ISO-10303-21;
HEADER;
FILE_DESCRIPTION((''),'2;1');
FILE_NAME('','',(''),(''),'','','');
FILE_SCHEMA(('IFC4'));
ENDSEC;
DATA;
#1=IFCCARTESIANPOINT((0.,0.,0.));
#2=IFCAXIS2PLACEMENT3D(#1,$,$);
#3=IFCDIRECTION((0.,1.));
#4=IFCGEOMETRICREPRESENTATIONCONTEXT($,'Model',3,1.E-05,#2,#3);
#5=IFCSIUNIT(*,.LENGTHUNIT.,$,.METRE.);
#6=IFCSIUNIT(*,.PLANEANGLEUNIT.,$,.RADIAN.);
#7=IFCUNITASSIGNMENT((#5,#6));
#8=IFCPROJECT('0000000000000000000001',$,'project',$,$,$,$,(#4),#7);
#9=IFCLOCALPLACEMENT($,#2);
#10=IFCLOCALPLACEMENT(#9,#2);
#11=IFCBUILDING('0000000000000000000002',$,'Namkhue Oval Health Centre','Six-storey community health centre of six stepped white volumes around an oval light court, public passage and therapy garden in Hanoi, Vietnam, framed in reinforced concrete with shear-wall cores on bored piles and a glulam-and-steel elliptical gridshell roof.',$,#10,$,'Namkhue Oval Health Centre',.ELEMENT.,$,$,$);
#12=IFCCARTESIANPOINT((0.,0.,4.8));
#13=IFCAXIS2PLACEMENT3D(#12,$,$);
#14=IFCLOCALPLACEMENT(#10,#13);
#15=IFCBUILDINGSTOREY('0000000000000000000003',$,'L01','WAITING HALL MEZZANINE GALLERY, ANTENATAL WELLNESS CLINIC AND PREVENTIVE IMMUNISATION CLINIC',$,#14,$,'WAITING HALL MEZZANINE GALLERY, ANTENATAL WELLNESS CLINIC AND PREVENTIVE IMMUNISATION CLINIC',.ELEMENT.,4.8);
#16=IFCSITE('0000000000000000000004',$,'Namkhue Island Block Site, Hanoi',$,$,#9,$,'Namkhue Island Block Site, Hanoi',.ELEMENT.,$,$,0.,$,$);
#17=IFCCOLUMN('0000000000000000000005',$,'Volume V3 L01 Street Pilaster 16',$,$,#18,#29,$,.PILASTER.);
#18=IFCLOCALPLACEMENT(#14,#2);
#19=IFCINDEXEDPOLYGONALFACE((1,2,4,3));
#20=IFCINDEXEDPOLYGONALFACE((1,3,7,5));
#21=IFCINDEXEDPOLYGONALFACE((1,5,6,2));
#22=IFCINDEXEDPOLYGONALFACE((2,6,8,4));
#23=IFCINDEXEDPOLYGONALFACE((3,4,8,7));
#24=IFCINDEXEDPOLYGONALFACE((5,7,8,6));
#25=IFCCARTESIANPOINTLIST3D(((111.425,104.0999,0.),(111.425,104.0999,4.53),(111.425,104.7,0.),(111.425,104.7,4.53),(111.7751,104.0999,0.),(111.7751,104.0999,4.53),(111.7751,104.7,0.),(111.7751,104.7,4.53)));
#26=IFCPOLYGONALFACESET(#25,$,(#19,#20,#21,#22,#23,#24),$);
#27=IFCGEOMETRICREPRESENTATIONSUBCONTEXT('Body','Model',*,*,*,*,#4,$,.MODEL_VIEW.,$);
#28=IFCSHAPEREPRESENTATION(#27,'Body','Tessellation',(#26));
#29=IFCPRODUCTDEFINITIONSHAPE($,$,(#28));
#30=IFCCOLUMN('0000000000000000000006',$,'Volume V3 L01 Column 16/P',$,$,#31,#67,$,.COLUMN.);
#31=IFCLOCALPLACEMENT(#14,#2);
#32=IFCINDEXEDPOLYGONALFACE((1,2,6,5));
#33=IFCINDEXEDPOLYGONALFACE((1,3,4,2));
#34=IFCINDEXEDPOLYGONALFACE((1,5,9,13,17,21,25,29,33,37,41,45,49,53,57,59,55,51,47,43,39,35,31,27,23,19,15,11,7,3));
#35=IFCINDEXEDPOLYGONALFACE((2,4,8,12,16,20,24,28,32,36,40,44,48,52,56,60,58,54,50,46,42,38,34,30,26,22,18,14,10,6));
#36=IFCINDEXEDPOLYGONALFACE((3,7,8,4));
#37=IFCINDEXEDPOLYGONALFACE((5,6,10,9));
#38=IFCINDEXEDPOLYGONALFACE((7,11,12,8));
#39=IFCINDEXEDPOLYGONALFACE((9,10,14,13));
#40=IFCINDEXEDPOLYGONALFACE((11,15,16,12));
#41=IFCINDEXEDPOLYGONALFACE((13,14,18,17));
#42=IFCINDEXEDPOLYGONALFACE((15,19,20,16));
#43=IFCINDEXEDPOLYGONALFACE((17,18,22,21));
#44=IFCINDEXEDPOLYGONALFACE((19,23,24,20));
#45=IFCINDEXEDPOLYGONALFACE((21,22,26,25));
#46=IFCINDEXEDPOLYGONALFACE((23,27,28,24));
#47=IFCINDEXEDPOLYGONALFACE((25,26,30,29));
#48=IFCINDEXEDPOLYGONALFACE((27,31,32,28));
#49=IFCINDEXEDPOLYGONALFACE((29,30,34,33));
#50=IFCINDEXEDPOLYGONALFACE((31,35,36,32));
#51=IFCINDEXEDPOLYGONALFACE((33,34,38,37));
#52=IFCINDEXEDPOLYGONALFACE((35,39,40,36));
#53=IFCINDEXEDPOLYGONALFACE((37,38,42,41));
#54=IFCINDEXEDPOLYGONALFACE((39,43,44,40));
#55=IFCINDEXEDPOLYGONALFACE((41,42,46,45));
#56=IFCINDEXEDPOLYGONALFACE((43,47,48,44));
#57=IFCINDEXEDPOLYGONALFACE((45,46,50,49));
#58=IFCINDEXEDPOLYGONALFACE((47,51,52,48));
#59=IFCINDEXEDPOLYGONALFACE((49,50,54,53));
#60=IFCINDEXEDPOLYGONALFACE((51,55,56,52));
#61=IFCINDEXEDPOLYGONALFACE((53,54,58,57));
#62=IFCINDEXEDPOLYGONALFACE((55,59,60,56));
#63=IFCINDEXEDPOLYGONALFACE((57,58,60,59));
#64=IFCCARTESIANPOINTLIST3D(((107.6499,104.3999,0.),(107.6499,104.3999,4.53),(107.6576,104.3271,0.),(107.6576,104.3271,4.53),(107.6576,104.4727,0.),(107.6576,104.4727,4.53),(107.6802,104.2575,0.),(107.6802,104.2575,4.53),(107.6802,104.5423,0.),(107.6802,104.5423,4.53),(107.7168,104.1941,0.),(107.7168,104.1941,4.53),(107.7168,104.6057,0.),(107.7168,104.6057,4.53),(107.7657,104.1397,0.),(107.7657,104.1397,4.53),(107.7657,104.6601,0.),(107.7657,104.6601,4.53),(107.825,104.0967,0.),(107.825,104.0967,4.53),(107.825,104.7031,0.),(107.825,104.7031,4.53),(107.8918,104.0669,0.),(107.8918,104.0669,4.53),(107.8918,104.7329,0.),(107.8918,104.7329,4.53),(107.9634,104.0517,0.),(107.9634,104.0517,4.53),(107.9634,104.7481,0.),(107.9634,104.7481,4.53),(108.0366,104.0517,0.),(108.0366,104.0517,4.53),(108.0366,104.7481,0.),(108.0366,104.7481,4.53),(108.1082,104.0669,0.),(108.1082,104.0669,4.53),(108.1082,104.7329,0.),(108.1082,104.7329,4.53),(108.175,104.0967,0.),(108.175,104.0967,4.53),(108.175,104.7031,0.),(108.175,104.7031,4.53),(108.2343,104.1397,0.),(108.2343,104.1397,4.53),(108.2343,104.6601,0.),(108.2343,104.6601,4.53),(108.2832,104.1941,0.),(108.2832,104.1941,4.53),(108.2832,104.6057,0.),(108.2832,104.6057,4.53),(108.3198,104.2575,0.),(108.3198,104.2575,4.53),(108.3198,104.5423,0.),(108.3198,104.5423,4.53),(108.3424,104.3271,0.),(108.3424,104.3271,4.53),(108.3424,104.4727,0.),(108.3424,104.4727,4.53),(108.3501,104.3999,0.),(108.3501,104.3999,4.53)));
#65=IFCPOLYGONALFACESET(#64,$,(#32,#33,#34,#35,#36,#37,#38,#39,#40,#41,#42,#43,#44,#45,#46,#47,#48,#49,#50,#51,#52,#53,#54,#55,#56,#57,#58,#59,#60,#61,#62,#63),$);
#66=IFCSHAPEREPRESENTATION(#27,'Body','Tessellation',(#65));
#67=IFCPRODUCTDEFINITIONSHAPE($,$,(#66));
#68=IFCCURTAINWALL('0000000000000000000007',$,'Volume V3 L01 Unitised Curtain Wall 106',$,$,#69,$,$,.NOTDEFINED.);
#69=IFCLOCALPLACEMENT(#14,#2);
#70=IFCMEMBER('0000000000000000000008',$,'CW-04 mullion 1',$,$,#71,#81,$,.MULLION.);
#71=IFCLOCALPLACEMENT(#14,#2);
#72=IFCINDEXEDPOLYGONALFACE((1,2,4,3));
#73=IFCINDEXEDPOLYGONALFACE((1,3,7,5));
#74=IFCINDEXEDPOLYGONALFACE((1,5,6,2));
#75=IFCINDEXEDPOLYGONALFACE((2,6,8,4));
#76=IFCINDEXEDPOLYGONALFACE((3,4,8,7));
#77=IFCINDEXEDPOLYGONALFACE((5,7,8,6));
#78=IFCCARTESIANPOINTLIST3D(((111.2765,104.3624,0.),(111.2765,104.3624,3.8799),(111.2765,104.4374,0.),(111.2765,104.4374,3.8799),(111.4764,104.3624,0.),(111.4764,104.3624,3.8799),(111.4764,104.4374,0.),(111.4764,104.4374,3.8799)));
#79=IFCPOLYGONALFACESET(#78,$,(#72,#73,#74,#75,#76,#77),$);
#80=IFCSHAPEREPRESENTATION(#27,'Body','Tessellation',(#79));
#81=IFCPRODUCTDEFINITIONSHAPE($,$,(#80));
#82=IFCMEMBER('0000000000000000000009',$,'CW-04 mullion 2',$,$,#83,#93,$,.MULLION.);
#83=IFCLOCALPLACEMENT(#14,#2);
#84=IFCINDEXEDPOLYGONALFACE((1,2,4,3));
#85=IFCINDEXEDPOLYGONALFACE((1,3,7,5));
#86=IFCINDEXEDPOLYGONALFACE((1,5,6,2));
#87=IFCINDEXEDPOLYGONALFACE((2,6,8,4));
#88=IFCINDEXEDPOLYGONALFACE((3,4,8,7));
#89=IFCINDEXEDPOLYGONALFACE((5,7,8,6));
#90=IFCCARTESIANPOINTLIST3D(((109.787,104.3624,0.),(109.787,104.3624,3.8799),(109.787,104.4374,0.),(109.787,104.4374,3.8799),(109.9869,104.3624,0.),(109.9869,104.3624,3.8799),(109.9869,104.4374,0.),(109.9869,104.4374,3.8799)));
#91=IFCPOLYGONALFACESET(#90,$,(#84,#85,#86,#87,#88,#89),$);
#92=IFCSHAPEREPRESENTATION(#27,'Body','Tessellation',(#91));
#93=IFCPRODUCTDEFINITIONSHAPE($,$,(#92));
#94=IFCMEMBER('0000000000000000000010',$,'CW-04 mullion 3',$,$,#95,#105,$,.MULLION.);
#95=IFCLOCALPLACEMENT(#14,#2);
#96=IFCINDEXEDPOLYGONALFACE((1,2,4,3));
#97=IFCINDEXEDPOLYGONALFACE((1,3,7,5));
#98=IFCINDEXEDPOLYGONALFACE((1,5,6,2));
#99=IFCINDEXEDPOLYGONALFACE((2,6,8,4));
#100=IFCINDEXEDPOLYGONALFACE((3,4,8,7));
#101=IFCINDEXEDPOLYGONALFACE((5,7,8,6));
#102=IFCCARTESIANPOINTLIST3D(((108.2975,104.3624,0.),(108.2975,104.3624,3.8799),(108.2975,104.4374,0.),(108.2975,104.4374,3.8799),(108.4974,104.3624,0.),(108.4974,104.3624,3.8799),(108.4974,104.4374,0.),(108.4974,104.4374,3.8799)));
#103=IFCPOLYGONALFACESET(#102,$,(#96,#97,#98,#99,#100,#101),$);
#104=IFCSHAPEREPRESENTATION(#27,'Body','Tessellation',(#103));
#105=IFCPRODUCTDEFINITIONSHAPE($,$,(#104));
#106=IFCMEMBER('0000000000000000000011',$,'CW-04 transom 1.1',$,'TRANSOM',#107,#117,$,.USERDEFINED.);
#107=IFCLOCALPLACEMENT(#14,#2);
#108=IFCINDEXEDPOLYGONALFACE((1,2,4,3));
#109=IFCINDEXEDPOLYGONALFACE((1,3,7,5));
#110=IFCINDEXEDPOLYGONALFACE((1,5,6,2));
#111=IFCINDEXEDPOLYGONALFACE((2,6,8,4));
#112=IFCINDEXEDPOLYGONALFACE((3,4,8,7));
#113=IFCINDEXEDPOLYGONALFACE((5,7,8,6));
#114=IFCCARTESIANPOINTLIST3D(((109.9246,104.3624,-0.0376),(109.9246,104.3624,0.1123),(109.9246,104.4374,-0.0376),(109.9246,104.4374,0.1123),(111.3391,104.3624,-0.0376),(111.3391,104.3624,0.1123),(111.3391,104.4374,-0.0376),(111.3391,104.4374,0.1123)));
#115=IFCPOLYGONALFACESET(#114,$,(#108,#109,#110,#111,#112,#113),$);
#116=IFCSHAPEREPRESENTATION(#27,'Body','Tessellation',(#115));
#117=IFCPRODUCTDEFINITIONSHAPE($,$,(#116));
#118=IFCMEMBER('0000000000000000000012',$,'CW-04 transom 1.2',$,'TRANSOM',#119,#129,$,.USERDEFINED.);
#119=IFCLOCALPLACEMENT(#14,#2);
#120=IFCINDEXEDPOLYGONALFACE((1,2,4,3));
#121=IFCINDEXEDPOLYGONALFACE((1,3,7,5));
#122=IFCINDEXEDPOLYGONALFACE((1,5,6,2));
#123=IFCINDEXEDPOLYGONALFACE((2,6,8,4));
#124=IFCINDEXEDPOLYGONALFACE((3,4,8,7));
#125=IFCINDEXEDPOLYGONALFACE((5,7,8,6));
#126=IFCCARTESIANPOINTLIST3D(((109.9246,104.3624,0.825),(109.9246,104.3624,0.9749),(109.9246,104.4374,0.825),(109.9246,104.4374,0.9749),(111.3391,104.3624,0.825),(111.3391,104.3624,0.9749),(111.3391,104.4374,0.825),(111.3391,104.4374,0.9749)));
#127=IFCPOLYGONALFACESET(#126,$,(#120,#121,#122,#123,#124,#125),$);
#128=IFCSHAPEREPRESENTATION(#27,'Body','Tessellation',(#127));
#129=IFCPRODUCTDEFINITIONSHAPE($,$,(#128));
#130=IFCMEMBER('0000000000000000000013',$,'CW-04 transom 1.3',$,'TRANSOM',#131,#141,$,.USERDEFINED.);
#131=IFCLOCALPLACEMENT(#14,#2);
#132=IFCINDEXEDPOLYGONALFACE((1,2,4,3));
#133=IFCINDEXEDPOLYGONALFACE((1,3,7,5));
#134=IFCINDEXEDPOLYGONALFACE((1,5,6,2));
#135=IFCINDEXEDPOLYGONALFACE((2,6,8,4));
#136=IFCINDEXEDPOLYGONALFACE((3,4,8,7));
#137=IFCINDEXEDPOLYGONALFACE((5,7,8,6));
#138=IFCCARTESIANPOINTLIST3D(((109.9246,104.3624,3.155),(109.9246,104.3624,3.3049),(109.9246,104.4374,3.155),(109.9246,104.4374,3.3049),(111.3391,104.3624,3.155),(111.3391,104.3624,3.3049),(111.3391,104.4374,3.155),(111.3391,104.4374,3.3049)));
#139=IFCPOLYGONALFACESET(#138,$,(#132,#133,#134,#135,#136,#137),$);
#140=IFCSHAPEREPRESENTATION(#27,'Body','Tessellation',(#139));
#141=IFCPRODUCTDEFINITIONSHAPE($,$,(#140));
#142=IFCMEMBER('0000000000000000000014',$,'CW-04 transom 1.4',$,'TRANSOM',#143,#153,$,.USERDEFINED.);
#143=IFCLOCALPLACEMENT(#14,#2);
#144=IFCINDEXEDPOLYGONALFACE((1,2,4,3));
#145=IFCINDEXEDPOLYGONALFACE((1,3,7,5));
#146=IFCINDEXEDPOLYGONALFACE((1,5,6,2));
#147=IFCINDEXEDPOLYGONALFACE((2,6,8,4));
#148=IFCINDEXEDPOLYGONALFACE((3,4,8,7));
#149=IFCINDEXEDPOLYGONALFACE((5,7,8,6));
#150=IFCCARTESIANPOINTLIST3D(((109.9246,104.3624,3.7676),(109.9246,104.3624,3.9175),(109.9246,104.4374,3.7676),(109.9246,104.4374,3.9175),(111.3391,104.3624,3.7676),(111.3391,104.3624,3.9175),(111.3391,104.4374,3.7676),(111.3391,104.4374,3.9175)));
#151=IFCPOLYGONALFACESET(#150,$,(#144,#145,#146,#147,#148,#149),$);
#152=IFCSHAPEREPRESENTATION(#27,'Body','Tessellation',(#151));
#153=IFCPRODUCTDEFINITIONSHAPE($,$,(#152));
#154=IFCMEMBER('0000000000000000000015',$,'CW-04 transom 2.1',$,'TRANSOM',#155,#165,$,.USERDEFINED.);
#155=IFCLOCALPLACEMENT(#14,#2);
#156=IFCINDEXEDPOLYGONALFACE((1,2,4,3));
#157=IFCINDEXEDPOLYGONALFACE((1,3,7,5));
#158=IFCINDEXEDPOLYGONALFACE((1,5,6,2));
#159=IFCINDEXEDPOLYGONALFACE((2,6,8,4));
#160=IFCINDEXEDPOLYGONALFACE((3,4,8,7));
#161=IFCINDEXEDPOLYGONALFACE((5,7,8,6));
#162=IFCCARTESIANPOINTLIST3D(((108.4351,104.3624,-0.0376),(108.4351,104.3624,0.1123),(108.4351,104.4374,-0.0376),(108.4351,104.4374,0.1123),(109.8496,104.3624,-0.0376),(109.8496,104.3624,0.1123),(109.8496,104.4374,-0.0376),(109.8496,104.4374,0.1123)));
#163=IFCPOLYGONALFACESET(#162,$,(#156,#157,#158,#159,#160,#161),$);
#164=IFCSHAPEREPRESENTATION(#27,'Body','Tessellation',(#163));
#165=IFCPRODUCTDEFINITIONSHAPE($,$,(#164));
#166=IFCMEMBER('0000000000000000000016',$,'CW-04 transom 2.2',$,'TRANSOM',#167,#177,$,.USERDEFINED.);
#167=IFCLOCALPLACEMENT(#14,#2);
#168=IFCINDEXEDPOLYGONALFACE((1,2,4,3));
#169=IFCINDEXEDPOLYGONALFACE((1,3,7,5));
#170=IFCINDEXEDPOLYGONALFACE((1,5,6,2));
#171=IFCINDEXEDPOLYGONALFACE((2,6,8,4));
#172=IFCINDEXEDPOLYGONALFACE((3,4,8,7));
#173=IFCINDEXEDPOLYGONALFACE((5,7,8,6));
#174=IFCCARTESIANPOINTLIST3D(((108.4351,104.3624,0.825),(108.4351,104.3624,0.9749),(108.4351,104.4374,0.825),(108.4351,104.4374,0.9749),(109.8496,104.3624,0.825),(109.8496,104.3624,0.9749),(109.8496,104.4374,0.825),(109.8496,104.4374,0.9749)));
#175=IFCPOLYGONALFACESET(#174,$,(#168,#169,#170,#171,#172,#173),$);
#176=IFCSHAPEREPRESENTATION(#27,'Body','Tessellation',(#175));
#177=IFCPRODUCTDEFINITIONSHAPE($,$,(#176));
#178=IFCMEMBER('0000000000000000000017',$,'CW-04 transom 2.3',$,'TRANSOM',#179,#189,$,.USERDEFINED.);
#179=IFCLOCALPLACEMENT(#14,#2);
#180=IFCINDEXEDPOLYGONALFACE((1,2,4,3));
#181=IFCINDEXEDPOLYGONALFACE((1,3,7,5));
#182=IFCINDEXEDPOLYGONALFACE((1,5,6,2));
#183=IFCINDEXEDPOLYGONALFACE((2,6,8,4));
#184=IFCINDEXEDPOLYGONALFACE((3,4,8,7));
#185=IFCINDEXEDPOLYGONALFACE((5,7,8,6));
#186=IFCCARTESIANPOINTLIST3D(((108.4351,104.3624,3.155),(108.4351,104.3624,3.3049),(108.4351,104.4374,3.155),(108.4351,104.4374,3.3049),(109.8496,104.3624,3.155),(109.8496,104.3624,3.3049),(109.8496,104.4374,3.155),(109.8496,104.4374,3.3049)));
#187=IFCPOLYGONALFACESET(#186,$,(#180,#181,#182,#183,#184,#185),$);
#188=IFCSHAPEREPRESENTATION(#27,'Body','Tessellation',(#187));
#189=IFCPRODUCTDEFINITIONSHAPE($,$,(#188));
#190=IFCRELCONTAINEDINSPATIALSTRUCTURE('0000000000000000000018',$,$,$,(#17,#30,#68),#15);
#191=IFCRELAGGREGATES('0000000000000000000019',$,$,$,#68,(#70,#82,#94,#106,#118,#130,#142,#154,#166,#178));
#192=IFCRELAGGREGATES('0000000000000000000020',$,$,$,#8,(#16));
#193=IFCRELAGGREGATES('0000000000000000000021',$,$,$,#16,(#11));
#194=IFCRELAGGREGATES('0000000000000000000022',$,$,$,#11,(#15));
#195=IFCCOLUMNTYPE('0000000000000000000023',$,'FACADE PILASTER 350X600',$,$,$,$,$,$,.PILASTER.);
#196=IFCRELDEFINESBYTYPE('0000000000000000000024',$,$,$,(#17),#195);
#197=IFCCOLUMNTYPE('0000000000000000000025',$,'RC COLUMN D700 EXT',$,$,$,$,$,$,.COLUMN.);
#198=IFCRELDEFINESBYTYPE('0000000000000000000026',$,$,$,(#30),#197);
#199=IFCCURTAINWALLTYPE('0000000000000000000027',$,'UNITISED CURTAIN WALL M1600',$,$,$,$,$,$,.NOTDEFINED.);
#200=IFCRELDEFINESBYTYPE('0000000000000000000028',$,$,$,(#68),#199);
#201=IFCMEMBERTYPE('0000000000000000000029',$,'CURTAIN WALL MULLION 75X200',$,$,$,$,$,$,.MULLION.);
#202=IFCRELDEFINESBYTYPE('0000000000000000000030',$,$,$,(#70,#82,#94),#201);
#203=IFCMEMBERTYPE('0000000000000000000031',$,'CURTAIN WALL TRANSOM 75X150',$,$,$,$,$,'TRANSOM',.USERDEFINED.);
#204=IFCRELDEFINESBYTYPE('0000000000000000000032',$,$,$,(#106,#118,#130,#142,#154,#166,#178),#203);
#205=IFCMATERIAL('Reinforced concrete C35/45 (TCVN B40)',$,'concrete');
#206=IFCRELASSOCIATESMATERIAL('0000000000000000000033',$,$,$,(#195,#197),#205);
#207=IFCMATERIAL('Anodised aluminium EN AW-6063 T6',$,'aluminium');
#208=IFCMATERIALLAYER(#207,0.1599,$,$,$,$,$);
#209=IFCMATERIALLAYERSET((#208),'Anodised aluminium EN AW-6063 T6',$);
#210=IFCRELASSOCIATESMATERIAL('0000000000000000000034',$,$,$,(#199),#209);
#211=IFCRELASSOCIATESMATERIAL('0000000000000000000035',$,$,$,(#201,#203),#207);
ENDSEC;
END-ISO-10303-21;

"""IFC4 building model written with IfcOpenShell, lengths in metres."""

from ifc_helpers import new_model, si_unit, direction, frame, origin, origin_2d, place, context, subcontext, project, spatial, rectangle, circle, extrude, material, layer, layer_set, material_profile, profile_set, type_object, element, aggregate, save


model = new_model("IFC4")

# Units and contexts
model_context = context("Model", 3, precision=1e-05, world=origin(), true_north=direction((0.0, 1.0)))
body_context = subcontext(model_context, "Body", "Model", "MODEL_VIEW")
ifc_project = project(units=[si_unit("LENGTHUNIT", "METRE"), si_unit("PLANEANGLEUNIT", "RADIAN")], contexts=[model_context])

# Site, building, storey
site_placement = place(None, origin())
site = spatial("IfcSite", under=ifc_project, at=site_placement, Name="Namkhue Island Block Site, Hanoi", LongName="Namkhue Island Block Site, Hanoi", CompositionType="ELEMENT", RefElevation=0.0)
building_placement = place(site_placement, origin())
building = spatial("IfcBuilding", under=site, at=building_placement, Name="Namkhue Oval Health Centre", Description="Six-storey community health centre of six stepped white volumes around an oval light court, public passage and therapy garden in Hanoi, Vietnam, framed in reinforced concrete with shear-wall cores on bored piles and a glulam-and-steel elliptical gridshell roof.", LongName="Namkhue Oval Health Centre", CompositionType="ELEMENT")
storey_placement = place(building_placement, frame((0.0, 0.0, 4.8)))
storey = spatial("IfcBuildingStorey", under=building, at=storey_placement, Name="L01", Description="WAITING HALL MEZZANINE GALLERY, ANTENATAL WELLNESS CLINIC AND PREVENTIVE IMMUNISATION CLINIC", LongName="WAITING HALL MEZZANINE GALLERY, ANTENATAL WELLNESS CLINIC AND PREVENTIVE IMMUNISATION CLINIC", CompositionType="ELEMENT", Elevation=4.8)

# Columns
ifc_material_1 = material(Name="Reinforced concrete C35/45 (TCVN B40)", Category="concrete")
ifc_material_profile_1 = material_profile(ifc_material_1, rectangle(XDim=0.3501, YDim=0.6001, at=origin_2d()), Name="RC 350x600")
ifc_profile_set_1 = profile_set([ifc_material_profile_1], Name="Reinforced concrete C35/45 (TCVN B40)")
column_type_1 = type_object("IfcColumnType", Name="FACADE PILASTER 350X600", PredefinedType="PILASTER", material=ifc_profile_set_1)
column_1_placement = place(storey_placement, frame((111.6001, 104.3999, 0.0), z_axis=(0.0, 0.0, 1.0), x_axis=(1.0, 0.0, 0.0)))
element("IfcColumn", 1, at=column_1_placement, inside=storey, type_object=column_type_1, Name="Volume V3 L01 Street Pilaster 16", PredefinedType="PILASTER", context=body_context, shape_type="SweptSolid", body=[
    extrude(rectangle(XDim=0.3501, YDim=0.6001, at=origin_2d()), origin(), (0.0, 0.0, 1.0), 4.53),
])
ifc_material_profile_2 = material_profile(ifc_material_1, circle(Radius=0.3501, at=origin_2d()), Name="RC D700")
ifc_profile_set_2 = profile_set([ifc_material_profile_2], Name="Reinforced concrete C35/45 (TCVN B40)")
column_type_2 = type_object("IfcColumnType", Name="RC COLUMN D700 EXT", PredefinedType="COLUMN", material=ifc_profile_set_2)
column_2_placement = place(storey_placement, frame((108.0, 104.3999, 0.0), z_axis=(0.0, 0.0, 1.0), x_axis=(1.0, 0.0, 0.0)))
element("IfcColumn", 2, at=column_2_placement, inside=storey, type_object=column_type_2, Name="Volume V3 L01 Column 16/P", PredefinedType="COLUMN", context=body_context, shape_type="SweptSolid", body=[
    extrude(circle(Radius=0.3501, at=origin_2d()), origin(), (0.0, 0.0, 1.0), 4.53),
])

# Curtain wall, members
ifc_material_2 = material(Name="Anodised aluminium EN AW-6063 T6", Category="aluminium")
ifc_layer_1 = layer(ifc_material_2, 0.1599)
ifc_layer_set_1 = layer_set([ifc_layer_1], Name="Anodised aluminium EN AW-6063 T6")
curtain_wall_type = type_object("IfcCurtainWallType", Name="UNITISED CURTAIN WALL M1600", PredefinedType="NOTDEFINED", material=ifc_layer_set_1)
curtain_wall_placement = place(storey_placement, origin())
curtain_wall = element("IfcCurtainWall", 3, at=curtain_wall_placement, inside=storey, type_object=curtain_wall_type, Name="Volume V3 L01 Unitised Curtain Wall 106", PredefinedType="NOTDEFINED")
ifc_material_profile_3 = material_profile(ifc_material_2, rectangle(XDim=0.075, YDim=0.2, at=origin_2d()), Name="ALU 75x200")
ifc_profile_set_3 = profile_set([ifc_material_profile_3], Name="Anodised aluminium EN AW-6063 T6")
member_type_1 = type_object("IfcMemberType", Name="CURTAIN WALL MULLION 75X200", PredefinedType="MULLION", material=ifc_profile_set_3)
member_1_placement = place(storey_placement, frame((111.3765, 104.3999, 0.0), z_axis=(0.0, 0.0, 1.0), x_axis=(0.0, -1.0, 0.0)))
member_1 = element("IfcMember", 4, at=member_1_placement, type_object=member_type_1, Name="CW-04 mullion 1", PredefinedType="MULLION", context=body_context, shape_type="SweptSolid", body=[
    extrude(rectangle(XDim=0.075, YDim=0.2, at=origin_2d()), origin(), (0.0, 0.0, 1.0), 3.8799),
])
member_2_placement = place(storey_placement, frame((109.887, 104.3999, 0.0), z_axis=(0.0, 0.0, 1.0), x_axis=(0.0, -1.0, 0.0)))
member_2 = element("IfcMember", 5, at=member_2_placement, type_object=member_type_1, Name="CW-04 mullion 2", PredefinedType="MULLION", context=body_context, shape_type="SweptSolid", body=[
    extrude(rectangle(XDim=0.075, YDim=0.2, at=origin_2d()), origin(), (0.0, 0.0, 1.0), 3.8799),
])
member_3_placement = place(storey_placement, frame((108.3975, 104.3999, 0.0), z_axis=(0.0, 0.0, 1.0), x_axis=(0.0, -1.0, 0.0)))
member_3 = element("IfcMember", 6, at=member_3_placement, type_object=member_type_1, Name="CW-04 mullion 3", PredefinedType="MULLION", context=body_context, shape_type="SweptSolid", body=[
    extrude(rectangle(XDim=0.075, YDim=0.2, at=origin_2d()), origin(), (0.0, 0.0, 1.0), 3.8799),
])
ifc_material_profile_4 = material_profile(ifc_material_2, rectangle(XDim=0.075, YDim=0.1499, at=origin_2d()), Name="ALU 75x150")
ifc_profile_set_4 = profile_set([ifc_material_profile_4], Name="Anodised aluminium EN AW-6063 T6")
member_type_2 = type_object("IfcMemberType", Name="CURTAIN WALL TRANSOM 75X150", ElementType="TRANSOM", PredefinedType="USERDEFINED", material=ifc_profile_set_4)
member_4_placement = place(storey_placement, frame((111.3391, 104.3999, 0.0374), z_axis=(-1.0, 0.0, 0.0), x_axis=(0.0, -1.0, 0.0)))
member_4 = element("IfcMember", 7, at=member_4_placement, type_object=member_type_2, Name="CW-04 transom 1.1", ObjectType="TRANSOM", PredefinedType="USERDEFINED", context=body_context, shape_type="SweptSolid", body=[
    extrude(rectangle(XDim=0.075, YDim=0.1499, at=origin_2d()), origin(), (0.0, 0.0, 1.0), 1.4146),
])
member_5_placement = place(storey_placement, frame((111.3391, 104.3999, 0.8999), z_axis=(-1.0, 0.0, 0.0), x_axis=(0.0, -1.0, 0.0)))
member_5 = element("IfcMember", 8, at=member_5_placement, type_object=member_type_2, Name="CW-04 transom 1.2", ObjectType="TRANSOM", PredefinedType="USERDEFINED", context=body_context, shape_type="SweptSolid", body=[
    extrude(rectangle(XDim=0.075, YDim=0.1499, at=origin_2d()), origin(), (0.0, 0.0, 1.0), 1.4146),
])
member_6_placement = place(storey_placement, frame((111.3391, 104.3999, 3.23), z_axis=(-1.0, 0.0, 0.0), x_axis=(0.0, -1.0, 0.0)))
member_6 = element("IfcMember", 9, at=member_6_placement, type_object=member_type_2, Name="CW-04 transom 1.3", ObjectType="TRANSOM", PredefinedType="USERDEFINED", context=body_context, shape_type="SweptSolid", body=[
    extrude(rectangle(XDim=0.075, YDim=0.1499, at=origin_2d()), origin(), (0.0, 0.0, 1.0), 1.4146),
])
member_7_placement = place(storey_placement, frame((111.3391, 104.3999, 3.8425), z_axis=(-1.0, 0.0, 0.0), x_axis=(0.0, -1.0, 0.0)))
member_7 = element("IfcMember", 10, at=member_7_placement, type_object=member_type_2, Name="CW-04 transom 1.4", ObjectType="TRANSOM", PredefinedType="USERDEFINED", context=body_context, shape_type="SweptSolid", body=[
    extrude(rectangle(XDim=0.075, YDim=0.1499, at=origin_2d()), origin(), (0.0, 0.0, 1.0), 1.4146),
])
member_8_placement = place(storey_placement, frame((109.8496, 104.3999, 0.0374), z_axis=(-1.0, 0.0, 0.0), x_axis=(0.0, -1.0, 0.0)))
member_8 = element("IfcMember", 11, at=member_8_placement, type_object=member_type_2, Name="CW-04 transom 2.1", ObjectType="TRANSOM", PredefinedType="USERDEFINED", context=body_context, shape_type="SweptSolid", body=[
    extrude(rectangle(XDim=0.075, YDim=0.1499, at=origin_2d()), origin(), (0.0, 0.0, 1.0), 1.4146),
])
member_9_placement = place(storey_placement, frame((109.8496, 104.3999, 0.8999), z_axis=(-1.0, 0.0, 0.0), x_axis=(0.0, -1.0, 0.0)))
member_9 = element("IfcMember", 12, at=member_9_placement, type_object=member_type_2, Name="CW-04 transom 2.2", ObjectType="TRANSOM", PredefinedType="USERDEFINED", context=body_context, shape_type="SweptSolid", body=[
    extrude(rectangle(XDim=0.075, YDim=0.1499, at=origin_2d()), origin(), (0.0, 0.0, 1.0), 1.4146),
])
member_10_placement = place(storey_placement, frame((109.8496, 104.3999, 3.23), z_axis=(-1.0, 0.0, 0.0), x_axis=(0.0, -1.0, 0.0)))
member_10 = element("IfcMember", 13, at=member_10_placement, type_object=member_type_2, Name="CW-04 transom 2.3", ObjectType="TRANSOM", PredefinedType="USERDEFINED", context=body_context, shape_type="SweptSolid", body=[
    extrude(rectangle(XDim=0.075, YDim=0.1499, at=origin_2d()), origin(), (0.0, 0.0, 1.0), 1.4146),
])

aggregate(curtain_wall, [member_1, member_2, member_3, member_4, member_5, member_6, member_7, member_8, member_9, member_10])

save(model, "model.ifc")
